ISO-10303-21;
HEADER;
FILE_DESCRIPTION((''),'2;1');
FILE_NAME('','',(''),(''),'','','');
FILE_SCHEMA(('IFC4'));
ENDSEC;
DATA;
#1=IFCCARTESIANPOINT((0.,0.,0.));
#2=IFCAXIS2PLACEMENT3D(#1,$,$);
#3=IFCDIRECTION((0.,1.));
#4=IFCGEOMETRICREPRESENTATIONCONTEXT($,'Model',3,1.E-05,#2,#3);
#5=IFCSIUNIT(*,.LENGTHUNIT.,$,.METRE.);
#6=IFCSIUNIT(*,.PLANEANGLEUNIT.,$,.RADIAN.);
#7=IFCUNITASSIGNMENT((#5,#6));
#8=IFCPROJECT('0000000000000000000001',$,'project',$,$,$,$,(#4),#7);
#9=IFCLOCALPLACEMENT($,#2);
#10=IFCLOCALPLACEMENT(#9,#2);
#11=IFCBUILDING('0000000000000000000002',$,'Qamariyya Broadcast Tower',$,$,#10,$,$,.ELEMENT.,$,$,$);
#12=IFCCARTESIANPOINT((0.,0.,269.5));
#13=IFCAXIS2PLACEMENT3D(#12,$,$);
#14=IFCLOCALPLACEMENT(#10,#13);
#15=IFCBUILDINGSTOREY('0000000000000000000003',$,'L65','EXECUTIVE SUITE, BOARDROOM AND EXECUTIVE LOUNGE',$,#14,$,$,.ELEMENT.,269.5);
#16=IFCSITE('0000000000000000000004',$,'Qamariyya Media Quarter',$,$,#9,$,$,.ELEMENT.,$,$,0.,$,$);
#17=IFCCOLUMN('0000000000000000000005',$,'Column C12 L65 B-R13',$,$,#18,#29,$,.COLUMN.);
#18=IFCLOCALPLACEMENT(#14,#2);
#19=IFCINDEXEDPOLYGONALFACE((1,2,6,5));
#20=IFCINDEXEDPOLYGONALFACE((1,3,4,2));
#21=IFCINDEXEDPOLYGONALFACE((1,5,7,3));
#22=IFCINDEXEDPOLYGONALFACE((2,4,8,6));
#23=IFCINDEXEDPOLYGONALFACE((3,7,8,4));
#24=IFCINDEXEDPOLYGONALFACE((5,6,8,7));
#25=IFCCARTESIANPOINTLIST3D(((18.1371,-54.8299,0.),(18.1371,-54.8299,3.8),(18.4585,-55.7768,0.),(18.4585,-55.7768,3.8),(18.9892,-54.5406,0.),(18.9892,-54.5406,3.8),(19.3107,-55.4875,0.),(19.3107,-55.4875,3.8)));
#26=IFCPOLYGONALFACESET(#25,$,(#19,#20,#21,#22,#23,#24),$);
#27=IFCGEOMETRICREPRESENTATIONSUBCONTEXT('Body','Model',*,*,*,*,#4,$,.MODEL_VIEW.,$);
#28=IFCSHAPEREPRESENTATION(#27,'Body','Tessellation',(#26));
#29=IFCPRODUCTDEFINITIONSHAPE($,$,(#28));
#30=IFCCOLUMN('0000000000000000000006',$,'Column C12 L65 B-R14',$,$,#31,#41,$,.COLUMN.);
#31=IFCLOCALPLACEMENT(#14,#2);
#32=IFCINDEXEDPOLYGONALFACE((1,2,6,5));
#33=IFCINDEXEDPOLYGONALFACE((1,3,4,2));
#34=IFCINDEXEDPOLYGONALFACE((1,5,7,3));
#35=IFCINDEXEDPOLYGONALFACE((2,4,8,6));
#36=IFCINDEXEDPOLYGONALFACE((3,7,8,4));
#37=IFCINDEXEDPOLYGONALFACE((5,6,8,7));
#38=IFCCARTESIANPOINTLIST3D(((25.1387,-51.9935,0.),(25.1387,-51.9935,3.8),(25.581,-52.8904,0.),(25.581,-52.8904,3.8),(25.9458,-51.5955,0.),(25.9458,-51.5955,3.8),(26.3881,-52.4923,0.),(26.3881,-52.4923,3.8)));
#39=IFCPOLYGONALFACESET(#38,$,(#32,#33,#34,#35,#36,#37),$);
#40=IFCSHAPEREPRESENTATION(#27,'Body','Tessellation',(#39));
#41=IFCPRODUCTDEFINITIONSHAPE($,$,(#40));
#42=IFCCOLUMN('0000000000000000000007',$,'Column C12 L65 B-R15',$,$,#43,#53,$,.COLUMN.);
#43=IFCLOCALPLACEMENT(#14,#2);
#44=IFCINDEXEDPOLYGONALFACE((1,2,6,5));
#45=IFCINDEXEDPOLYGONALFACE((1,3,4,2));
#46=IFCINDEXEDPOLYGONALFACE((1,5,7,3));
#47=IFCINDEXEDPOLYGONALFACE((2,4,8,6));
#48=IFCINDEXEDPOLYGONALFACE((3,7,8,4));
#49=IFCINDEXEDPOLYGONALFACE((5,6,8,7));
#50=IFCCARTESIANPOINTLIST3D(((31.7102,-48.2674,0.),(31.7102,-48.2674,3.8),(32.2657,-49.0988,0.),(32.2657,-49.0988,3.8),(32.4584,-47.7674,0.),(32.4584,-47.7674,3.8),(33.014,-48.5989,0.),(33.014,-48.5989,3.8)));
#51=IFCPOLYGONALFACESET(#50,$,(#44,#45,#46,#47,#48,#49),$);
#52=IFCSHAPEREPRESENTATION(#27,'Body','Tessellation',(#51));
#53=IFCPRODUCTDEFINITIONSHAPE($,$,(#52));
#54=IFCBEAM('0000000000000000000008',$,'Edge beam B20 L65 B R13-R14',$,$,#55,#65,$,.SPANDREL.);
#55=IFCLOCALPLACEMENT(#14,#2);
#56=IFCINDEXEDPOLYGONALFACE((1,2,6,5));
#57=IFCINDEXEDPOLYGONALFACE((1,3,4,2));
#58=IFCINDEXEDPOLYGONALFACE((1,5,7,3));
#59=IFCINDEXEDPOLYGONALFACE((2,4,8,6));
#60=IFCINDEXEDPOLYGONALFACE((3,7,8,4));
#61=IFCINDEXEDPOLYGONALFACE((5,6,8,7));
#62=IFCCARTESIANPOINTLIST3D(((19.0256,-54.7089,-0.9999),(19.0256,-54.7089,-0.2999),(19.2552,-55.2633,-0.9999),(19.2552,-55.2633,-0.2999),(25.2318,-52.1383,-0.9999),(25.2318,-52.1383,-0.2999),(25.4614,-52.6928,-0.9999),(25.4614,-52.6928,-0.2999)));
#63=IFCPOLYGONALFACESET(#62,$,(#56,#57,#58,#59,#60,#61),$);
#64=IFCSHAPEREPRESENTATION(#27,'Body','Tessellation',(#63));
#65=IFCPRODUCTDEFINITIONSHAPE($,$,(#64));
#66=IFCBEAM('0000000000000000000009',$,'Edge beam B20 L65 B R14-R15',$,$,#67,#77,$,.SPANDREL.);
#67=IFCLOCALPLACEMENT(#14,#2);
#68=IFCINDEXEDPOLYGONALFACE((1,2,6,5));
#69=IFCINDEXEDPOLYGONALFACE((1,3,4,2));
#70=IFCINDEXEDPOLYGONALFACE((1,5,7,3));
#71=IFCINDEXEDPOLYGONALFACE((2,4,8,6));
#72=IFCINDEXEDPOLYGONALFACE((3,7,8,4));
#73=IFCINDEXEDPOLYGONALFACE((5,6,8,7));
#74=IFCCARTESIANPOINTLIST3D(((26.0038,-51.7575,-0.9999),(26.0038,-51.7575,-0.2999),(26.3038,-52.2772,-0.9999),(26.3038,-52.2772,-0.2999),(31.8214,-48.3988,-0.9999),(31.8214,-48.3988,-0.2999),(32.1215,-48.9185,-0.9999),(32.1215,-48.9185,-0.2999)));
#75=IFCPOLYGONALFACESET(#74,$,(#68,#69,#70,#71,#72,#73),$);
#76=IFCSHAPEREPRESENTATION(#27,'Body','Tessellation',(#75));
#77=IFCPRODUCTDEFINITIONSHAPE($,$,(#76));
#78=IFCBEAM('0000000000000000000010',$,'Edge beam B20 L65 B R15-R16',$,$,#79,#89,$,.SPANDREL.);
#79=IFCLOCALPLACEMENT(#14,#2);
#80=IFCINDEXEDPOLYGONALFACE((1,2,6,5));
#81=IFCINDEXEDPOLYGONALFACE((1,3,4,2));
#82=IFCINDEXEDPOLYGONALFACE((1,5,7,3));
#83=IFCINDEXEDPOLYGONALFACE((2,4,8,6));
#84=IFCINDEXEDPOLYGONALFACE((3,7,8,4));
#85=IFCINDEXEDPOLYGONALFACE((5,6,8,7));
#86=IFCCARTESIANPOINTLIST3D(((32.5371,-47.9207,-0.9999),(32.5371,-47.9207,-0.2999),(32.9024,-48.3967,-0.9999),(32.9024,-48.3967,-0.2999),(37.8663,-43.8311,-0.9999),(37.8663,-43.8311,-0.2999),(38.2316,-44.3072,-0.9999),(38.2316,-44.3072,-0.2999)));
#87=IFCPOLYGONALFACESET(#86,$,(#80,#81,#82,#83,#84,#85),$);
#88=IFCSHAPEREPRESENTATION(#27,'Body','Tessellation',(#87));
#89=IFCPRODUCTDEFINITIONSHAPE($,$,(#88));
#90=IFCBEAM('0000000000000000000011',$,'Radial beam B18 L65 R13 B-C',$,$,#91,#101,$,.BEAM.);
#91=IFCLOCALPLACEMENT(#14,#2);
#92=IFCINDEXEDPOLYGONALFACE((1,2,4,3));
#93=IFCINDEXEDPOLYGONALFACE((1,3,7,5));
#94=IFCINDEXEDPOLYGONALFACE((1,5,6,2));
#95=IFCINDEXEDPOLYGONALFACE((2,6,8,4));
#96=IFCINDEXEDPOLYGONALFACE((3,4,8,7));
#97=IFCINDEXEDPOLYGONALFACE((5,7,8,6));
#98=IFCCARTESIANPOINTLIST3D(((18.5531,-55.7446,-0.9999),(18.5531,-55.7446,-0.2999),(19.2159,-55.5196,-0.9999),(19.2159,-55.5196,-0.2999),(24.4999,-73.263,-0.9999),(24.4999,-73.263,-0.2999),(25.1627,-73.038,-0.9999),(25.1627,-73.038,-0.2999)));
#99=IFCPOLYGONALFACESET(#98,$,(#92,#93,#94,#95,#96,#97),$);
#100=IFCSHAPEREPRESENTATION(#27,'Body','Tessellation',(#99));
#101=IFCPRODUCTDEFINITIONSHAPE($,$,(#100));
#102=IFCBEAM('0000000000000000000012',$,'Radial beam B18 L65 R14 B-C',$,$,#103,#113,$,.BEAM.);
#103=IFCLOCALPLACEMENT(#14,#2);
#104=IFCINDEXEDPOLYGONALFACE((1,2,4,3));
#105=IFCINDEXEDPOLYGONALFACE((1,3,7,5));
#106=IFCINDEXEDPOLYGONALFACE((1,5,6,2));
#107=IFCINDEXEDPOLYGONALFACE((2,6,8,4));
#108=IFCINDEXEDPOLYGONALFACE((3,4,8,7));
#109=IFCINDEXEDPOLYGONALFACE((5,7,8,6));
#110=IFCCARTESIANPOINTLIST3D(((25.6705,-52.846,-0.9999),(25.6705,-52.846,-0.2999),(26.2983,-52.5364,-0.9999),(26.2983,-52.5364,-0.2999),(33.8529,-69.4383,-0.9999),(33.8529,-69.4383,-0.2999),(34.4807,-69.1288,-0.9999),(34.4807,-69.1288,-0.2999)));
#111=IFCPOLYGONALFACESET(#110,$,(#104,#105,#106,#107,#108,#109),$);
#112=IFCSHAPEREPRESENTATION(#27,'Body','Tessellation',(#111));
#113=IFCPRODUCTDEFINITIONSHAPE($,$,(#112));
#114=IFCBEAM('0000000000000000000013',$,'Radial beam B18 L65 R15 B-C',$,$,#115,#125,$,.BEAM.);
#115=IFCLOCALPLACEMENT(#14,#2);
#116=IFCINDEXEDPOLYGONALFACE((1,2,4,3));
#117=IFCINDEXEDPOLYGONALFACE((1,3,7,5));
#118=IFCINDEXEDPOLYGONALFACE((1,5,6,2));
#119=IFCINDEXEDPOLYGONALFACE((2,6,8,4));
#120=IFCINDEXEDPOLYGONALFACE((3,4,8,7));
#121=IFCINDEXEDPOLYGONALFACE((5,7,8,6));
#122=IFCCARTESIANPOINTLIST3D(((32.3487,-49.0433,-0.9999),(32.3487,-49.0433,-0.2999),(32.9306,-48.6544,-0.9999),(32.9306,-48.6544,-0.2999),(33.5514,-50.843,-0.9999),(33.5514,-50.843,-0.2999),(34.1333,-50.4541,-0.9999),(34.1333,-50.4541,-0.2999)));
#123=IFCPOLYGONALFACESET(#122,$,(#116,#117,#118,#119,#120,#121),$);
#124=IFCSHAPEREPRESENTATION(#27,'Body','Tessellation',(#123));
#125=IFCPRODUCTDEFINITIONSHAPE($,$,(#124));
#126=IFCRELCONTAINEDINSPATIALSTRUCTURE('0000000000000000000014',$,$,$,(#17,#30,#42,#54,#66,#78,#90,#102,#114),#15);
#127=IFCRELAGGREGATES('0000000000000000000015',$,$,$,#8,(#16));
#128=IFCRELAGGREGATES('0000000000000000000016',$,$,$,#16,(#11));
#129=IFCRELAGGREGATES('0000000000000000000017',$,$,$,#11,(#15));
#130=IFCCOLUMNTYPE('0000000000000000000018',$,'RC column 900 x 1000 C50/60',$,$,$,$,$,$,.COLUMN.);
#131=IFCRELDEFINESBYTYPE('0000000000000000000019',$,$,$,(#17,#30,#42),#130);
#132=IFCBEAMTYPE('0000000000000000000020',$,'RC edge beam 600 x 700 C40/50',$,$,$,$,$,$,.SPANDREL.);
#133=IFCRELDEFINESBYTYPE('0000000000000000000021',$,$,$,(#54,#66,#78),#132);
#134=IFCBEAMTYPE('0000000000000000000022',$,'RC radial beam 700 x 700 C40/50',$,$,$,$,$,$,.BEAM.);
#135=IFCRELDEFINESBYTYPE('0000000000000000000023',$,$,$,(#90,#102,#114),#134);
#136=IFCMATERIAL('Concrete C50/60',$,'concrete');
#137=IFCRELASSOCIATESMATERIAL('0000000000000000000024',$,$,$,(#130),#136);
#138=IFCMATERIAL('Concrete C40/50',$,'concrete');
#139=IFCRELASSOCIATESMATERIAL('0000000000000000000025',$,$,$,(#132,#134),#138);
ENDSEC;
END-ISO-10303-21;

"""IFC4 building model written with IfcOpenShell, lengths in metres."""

from ifc_helpers import new_model, si_unit, direction, frame, origin, origin_2d, place, context, subcontext, project, spatial, rectangle, extrude, material, material_profile, profile_set, type_object, element, save


model = new_model("IFC4")

# Units and contexts
model_context = context("Model", 3, precision=1e-05, world=origin(), true_north=direction((0.0, 1.0)))
body_context = subcontext(model_context, "Body", "Model", "MODEL_VIEW")
ifc_project = project(units=[si_unit("LENGTHUNIT", "METRE"), si_unit("PLANEANGLEUNIT", "RADIAN")], contexts=[model_context])

# Site, building, storey
site_placement = place(None, origin())
site = spatial("IfcSite", under=ifc_project, at=site_placement, Name="Qamariyya Media Quarter", CompositionType="ELEMENT", RefElevation=0.0)
building_placement = place(site_placement, origin())
building = spatial("IfcBuilding", under=site, at=building_placement, Name="Qamariyya Broadcast Tower", CompositionType="ELEMENT")
storey_placement = place(building_placement, frame((0.0, 0.0, 269.5)))
storey = spatial("IfcBuildingStorey", under=building, at=storey_placement, Name="L65", Description="EXECUTIVE SUITE, BOARDROOM AND EXECUTIVE LOUNGE", CompositionType="ELEMENT", Elevation=269.5)

# Columns
ifc_material_1 = material(Name="Concrete C50/60", Category="concrete")
ifc_material_profile_1 = material_profile(ifc_material_1, rectangle(XDim=0.8999, YDim=1.0, at=origin_2d()))
ifc_profile_set_1 = profile_set([ifc_material_profile_1], Name="Concrete C50/60")
column_type = type_object("IfcColumnType", Name="RC column 900 x 1000 C50/60", PredefinedType="COLUMN", material=ifc_profile_set_1)
for number, where, z_axis, x_axis, name in (
    (1, (18.7239, -55.1587, 0.0), (0.0, 0.0, 1.0), (0.94693, 0.321439, 0.0), "Column C12 L65 B-R13"),
    (2, (25.7634, -52.2429, 0.0), (0.0, 0.0, 1.0), (0.896873, 0.442289, 0.0), "Column C12 L65 B-R14"),
    (3, (32.3621, -48.4331, 0.0), (0.0, 0.0, 1.0), (0.83147, 0.55557, 0.0), "Column C12 L65 B-R15"),
):
    element("IfcColumn", number, at=place(storey_placement, frame(where, z_axis=z_axis, x_axis=x_axis)), inside=storey, type_object=column_type, Name=name, PredefinedType="COLUMN", context=body_context, shape_type="SweptSolid", body=[
        extrude(rectangle(XDim=0.8999, YDim=1.0, at=origin_2d()), origin(), (0.0, 0.0, 1.0), 3.8),
    ])

# Beams
ifc_material_2 = material(Name="Concrete C40/50", Category="concrete")
ifc_material_profile_2 = material_profile(ifc_material_2, rectangle(XDim=0.6001, YDim=0.7, at=origin_2d()))
ifc_profile_set_2 = profile_set([ifc_material_profile_2], Name="Concrete C40/50")
beam_type_1 = type_object("IfcBeamType", Name="RC edge beam 600 x 700 C40/50", PredefinedType="SPANDREL", material=ifc_profile_set_2)
for number, where, z_axis, x_axis, name in (
    (4, (19.1404, -54.9861, -0.6499), (0.923889, 0.382661, 0.0), (-0.382661, 0.923889, 0.0), "Edge beam B20 L65 B R13-R14"),
    (5, (26.1538, -52.0173, -0.6499), (0.866036, 0.499981, 0.0), (-0.499981, 0.866036, 0.0), "Edge beam B20 L65 B R14-R15"),
    (6, (32.7197, -48.1587, -0.6499), (0.793335, 0.608785, 0.0), (-0.608785, 0.793335, 0.0), "Edge beam B20 L65 B R15-R16"),
):
    element("IfcBeam", number, at=place(storey_placement, frame(where, z_axis=z_axis, x_axis=x_axis)), inside=storey, type_object=beam_type_1, Name=name, PredefinedType="SPANDREL", context=body_context, shape_type="SweptSolid", body=[
        extrude(rectangle(XDim=0.6001, YDim=0.7, at=origin_2d()), origin(), (0.0, 0.0, 1.0), 6.7175),
    ])
ifc_material_profile_3 = material_profile(ifc_material_2, rectangle(XDim=0.7, YDim=0.7, at=origin_2d()))
ifc_profile_set_3 = profile_set([ifc_material_profile_3], Name="Concrete C40/50")
beam_type_2 = type_object("IfcBeamType", Name="RC radial beam 700 x 700 C40/50", PredefinedType="BEAM", material=ifc_profile_set_3)
for number, where, z_axis, x_axis, name in (
    (7, (18.8845, -55.6321, -0.6499), (0.321445, -0.946928, 0.0), (0.946928, 0.321445, 0.0), "Radial beam B18 L65 R13 B-C"),
    (8, (25.9844, -52.6912, -0.6499), (0.442287, -0.896874, 0.0), (0.896874, 0.442287, 0.0), "Radial beam B18 L65 R14 B-C"),
):
    element("IfcBeam", number, at=place(storey_placement, frame(where, z_axis=z_axis, x_axis=x_axis)), inside=storey, type_object=beam_type_2, Name=name, PredefinedType="BEAM", context=body_context, shape_type="SweptSolid", body=[
        extrude(rectangle(XDim=0.7, YDim=0.7, at=origin_2d()), origin(), (0.0, 0.0, 1.0), 18.5002),
    ])
beam_placement = place(storey_placement, frame((32.6396, -48.8489, -0.6499), z_axis=(0.555637, -0.831425, 0.0), x_axis=(0.831425, 0.555637, 0.0)))
element("IfcBeam", 9, at=beam_placement, inside=storey, type_object=beam_type_2, Name="Radial beam B18 L65 R15 B-C", PredefinedType="BEAM", context=body_context, shape_type="SweptSolid", body=[
    extrude(rectangle(XDim=0.7, YDim=0.7, at=origin_2d()), origin(), (0.0, 0.0, 1.0), 2.1646),
])

save(model, "model.ifc")
